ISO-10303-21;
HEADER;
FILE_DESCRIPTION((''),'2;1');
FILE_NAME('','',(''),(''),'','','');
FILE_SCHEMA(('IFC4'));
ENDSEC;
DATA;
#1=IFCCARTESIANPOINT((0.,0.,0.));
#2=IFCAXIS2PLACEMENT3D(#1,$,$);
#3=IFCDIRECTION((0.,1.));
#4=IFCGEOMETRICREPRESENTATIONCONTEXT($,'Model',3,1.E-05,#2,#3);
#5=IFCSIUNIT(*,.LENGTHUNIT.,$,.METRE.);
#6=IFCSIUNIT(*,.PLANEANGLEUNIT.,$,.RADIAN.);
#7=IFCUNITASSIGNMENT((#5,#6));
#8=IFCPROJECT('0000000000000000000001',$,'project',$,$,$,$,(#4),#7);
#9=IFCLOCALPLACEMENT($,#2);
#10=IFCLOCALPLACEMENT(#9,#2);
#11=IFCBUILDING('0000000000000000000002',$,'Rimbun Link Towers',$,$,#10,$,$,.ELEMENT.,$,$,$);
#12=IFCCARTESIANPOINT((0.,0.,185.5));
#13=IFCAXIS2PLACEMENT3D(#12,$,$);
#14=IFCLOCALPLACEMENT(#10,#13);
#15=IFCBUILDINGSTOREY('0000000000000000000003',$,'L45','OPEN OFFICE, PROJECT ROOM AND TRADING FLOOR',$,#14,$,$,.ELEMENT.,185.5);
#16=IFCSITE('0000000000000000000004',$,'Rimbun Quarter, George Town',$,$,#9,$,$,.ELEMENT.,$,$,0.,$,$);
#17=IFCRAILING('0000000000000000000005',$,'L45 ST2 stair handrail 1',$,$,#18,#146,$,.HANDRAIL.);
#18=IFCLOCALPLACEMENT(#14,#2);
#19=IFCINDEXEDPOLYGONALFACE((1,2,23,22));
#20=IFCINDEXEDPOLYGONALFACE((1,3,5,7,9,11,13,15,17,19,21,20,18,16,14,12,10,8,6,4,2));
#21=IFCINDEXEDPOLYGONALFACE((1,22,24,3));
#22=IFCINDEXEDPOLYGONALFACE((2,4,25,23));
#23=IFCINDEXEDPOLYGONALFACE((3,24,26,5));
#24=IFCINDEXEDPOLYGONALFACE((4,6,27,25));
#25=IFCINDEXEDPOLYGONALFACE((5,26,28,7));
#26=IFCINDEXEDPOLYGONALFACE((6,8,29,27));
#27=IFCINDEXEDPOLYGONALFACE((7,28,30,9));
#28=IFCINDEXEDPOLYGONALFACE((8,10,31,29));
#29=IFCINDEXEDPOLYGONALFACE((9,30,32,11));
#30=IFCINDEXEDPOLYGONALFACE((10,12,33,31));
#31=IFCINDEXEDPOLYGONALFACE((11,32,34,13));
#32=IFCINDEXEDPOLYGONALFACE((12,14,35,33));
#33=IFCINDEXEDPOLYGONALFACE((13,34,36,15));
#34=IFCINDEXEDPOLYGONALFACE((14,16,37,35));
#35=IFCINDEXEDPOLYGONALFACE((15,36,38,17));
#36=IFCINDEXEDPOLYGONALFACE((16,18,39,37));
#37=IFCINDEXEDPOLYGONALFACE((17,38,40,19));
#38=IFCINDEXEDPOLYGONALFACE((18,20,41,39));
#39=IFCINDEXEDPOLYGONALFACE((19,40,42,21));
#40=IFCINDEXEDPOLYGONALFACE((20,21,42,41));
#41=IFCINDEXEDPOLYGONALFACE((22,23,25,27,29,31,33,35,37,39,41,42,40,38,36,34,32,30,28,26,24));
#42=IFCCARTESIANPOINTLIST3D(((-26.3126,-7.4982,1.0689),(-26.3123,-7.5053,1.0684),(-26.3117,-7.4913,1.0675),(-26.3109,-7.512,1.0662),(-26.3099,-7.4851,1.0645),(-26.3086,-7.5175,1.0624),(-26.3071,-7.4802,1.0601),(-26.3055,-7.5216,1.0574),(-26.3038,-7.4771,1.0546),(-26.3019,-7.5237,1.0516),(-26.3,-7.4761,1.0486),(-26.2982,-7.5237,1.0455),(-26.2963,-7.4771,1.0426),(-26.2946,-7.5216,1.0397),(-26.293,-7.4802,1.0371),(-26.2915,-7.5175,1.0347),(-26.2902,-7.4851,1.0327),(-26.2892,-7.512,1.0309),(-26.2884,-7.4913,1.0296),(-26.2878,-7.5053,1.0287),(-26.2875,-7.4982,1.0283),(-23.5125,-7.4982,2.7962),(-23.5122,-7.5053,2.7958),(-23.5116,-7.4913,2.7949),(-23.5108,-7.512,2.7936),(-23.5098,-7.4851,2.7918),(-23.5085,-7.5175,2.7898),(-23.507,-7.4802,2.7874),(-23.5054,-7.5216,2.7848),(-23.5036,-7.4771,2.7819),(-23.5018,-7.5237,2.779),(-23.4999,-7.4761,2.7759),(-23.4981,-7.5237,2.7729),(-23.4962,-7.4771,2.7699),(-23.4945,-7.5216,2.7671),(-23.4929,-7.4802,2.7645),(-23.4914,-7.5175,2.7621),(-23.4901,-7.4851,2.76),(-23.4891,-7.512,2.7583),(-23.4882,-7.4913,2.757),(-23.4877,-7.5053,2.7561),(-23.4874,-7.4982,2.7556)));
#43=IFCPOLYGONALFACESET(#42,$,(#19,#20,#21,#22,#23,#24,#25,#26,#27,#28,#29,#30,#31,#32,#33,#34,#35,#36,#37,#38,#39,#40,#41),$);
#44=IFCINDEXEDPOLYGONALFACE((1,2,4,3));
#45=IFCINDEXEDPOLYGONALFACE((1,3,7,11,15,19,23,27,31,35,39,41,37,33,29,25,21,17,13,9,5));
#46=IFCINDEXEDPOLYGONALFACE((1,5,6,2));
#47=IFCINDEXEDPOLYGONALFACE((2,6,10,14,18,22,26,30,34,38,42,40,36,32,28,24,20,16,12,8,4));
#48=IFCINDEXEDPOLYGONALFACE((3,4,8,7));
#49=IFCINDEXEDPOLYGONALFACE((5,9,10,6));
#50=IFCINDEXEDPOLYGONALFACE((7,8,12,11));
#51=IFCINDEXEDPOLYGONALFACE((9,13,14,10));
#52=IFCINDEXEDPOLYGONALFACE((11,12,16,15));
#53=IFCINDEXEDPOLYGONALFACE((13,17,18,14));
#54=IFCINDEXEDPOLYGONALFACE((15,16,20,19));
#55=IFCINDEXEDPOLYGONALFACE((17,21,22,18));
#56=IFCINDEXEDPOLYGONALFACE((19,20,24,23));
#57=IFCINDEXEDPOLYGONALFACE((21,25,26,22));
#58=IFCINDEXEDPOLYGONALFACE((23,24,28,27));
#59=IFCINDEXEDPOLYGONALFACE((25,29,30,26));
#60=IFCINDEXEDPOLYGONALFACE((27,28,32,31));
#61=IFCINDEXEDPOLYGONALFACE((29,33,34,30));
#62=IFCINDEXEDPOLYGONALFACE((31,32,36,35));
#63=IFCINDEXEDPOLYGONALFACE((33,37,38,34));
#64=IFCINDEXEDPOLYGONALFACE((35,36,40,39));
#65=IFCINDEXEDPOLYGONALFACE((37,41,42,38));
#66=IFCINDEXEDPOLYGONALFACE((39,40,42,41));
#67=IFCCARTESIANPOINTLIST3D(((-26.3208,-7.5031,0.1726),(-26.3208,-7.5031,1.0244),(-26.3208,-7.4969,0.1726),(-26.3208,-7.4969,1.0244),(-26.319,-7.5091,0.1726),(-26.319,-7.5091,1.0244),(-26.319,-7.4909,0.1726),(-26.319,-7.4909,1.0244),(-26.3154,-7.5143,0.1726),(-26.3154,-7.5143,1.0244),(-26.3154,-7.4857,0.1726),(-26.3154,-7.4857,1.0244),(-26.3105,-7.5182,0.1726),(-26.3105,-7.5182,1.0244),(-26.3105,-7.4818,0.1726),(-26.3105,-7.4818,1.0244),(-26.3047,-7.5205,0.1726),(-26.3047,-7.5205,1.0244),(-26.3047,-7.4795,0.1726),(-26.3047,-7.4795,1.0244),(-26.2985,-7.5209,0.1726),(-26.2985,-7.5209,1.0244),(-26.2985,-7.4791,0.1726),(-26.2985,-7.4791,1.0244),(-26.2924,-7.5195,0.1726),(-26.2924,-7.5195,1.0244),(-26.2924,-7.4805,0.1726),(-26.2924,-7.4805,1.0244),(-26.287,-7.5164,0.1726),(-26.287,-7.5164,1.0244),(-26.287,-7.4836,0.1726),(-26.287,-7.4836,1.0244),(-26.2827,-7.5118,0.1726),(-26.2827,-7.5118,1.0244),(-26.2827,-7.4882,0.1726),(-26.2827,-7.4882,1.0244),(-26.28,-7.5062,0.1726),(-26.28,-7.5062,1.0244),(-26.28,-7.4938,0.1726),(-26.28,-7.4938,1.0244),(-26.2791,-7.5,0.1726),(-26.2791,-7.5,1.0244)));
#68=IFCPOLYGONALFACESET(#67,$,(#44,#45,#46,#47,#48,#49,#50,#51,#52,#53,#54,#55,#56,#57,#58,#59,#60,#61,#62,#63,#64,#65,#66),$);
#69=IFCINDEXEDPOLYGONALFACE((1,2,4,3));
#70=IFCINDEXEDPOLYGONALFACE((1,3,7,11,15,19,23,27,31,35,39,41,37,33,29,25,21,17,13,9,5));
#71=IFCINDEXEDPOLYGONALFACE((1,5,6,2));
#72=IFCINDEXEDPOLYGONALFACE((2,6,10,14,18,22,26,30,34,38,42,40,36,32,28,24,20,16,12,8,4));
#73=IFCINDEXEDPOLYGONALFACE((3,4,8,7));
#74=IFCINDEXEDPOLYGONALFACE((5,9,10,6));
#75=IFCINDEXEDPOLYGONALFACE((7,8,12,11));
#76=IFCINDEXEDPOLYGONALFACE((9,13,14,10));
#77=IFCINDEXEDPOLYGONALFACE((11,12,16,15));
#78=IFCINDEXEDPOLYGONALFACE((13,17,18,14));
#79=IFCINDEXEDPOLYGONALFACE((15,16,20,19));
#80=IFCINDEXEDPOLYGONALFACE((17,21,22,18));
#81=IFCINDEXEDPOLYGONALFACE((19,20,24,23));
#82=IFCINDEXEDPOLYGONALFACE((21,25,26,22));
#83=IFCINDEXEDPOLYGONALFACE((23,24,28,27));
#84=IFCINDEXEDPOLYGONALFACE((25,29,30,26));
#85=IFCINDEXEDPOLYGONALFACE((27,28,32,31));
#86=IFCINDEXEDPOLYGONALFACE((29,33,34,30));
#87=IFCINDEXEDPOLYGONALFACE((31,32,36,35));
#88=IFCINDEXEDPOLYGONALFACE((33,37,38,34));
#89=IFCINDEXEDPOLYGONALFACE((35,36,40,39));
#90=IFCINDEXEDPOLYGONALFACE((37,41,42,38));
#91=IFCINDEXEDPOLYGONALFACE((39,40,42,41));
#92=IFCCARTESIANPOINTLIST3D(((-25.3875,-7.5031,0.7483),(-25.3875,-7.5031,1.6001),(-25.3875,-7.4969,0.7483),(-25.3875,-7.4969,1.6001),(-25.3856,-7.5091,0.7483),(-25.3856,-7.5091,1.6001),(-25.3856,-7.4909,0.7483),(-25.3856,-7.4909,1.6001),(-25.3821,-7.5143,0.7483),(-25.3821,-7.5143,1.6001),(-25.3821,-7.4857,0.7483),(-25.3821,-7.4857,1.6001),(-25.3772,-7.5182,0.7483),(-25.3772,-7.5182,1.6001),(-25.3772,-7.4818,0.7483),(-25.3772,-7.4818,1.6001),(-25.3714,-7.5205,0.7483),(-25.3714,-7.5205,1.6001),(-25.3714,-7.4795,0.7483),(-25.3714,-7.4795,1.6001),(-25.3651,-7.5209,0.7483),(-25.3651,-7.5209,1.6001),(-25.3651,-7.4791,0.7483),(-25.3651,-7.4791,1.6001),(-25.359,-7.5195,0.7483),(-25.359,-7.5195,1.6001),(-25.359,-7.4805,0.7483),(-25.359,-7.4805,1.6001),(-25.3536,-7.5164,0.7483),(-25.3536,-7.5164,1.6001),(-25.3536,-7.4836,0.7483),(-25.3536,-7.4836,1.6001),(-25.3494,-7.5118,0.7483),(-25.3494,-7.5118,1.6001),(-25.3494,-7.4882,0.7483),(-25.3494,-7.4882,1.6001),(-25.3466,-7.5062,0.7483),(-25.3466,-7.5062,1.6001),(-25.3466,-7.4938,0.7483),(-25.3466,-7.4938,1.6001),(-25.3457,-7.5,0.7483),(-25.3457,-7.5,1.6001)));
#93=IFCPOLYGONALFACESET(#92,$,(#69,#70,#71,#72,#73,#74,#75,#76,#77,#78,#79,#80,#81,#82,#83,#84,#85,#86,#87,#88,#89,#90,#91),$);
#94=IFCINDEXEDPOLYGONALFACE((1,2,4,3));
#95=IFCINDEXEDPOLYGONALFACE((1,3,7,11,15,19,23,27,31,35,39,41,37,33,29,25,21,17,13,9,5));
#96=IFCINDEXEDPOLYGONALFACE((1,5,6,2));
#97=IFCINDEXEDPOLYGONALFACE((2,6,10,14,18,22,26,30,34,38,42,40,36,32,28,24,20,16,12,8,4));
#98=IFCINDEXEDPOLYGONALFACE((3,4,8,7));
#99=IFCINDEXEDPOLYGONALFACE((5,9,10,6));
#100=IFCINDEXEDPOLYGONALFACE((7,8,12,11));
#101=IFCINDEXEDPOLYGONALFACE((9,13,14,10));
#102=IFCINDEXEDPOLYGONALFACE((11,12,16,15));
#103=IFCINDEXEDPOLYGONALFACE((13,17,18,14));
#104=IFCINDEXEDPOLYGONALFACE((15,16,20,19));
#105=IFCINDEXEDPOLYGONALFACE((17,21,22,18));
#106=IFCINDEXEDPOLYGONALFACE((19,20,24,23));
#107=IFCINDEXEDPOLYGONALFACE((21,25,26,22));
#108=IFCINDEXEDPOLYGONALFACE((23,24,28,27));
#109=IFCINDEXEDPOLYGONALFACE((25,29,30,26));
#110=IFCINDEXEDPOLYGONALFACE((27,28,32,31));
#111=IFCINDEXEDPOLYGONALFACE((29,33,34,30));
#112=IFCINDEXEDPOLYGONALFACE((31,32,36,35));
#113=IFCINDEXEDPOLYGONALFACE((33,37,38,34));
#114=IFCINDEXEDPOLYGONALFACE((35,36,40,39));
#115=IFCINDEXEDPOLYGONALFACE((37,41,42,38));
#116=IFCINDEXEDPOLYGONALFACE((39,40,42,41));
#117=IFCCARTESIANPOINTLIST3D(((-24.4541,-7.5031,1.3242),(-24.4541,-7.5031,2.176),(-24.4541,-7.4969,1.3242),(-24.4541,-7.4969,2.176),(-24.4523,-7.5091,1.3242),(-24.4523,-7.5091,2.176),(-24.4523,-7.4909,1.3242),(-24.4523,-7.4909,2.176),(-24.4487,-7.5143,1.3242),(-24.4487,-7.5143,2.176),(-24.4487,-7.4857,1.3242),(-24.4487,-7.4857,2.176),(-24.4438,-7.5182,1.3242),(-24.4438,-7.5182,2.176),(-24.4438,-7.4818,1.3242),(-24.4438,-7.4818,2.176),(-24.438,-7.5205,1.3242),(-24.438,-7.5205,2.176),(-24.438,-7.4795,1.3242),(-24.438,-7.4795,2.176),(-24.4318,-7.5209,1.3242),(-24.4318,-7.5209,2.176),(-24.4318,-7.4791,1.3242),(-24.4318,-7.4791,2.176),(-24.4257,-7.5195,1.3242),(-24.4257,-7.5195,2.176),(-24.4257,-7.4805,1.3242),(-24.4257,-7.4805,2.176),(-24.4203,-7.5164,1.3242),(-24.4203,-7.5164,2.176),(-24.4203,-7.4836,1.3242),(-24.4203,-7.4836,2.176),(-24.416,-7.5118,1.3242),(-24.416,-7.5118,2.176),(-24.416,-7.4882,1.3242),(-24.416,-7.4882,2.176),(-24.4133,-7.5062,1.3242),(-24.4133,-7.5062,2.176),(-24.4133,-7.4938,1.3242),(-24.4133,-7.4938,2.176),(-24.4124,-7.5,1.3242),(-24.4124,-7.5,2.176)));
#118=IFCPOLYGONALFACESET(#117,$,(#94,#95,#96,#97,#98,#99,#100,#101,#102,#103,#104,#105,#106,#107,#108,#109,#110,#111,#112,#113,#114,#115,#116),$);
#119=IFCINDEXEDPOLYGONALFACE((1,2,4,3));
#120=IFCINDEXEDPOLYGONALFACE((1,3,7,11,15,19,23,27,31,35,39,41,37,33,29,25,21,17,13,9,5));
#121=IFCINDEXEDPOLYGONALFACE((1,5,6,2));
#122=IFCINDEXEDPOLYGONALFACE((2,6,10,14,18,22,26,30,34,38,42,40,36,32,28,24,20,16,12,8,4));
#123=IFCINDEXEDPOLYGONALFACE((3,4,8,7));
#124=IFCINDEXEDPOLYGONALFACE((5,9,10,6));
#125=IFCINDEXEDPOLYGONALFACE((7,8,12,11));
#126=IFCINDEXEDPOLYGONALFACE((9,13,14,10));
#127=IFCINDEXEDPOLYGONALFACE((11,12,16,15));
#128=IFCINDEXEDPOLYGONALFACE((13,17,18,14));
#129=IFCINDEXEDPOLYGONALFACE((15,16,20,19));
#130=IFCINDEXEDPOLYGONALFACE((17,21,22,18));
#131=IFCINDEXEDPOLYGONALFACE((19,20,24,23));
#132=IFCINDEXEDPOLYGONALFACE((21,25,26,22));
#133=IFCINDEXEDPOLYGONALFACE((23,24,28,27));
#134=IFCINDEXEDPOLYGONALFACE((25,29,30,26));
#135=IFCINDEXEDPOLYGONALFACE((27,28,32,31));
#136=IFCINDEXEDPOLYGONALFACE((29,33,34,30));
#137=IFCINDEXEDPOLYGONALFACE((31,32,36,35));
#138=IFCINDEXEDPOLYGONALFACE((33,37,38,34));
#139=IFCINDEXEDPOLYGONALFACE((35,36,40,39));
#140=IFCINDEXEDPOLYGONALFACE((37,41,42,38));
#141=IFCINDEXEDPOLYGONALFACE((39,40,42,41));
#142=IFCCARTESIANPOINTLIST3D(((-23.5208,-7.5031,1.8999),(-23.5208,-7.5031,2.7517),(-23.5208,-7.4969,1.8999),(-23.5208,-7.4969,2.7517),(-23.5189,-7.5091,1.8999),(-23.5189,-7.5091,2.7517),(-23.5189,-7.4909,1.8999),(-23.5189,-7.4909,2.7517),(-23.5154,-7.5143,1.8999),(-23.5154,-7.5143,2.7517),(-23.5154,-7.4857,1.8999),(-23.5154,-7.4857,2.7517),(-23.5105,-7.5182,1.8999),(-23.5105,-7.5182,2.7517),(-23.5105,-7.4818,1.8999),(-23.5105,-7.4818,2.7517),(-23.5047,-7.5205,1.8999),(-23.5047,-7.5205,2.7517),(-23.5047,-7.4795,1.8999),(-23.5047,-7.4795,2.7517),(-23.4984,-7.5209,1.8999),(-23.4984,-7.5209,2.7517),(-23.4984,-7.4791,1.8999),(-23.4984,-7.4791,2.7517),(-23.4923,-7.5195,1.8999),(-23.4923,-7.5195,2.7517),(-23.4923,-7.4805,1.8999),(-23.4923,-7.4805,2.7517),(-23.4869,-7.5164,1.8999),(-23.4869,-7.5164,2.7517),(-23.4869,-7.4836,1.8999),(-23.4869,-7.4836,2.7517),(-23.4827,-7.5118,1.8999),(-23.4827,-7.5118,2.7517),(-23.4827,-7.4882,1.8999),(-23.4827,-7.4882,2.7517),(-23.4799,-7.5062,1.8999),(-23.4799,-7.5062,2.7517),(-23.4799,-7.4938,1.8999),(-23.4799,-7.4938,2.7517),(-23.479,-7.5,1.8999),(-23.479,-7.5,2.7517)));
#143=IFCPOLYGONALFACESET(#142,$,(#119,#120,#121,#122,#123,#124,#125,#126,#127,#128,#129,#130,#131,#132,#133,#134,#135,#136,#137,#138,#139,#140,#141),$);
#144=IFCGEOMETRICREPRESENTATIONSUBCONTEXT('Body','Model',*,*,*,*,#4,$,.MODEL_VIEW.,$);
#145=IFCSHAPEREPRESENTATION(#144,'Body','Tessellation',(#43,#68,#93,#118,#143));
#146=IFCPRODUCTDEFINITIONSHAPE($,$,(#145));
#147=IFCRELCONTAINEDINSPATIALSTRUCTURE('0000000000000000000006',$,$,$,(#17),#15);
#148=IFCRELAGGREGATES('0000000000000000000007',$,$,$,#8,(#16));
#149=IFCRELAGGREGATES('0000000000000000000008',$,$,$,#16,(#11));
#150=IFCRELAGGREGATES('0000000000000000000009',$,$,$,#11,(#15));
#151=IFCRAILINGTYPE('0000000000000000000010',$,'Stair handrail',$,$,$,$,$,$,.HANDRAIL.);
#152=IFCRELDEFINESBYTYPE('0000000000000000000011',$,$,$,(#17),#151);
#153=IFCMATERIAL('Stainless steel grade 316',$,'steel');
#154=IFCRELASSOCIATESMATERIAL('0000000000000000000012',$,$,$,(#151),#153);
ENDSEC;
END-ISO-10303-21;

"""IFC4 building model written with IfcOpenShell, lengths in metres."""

from ifc_helpers import new_model, si_unit, direction, frame, origin, origin_2d, place, context, subcontext, project, spatial, circle, extrude, material, type_object, element, save


model = new_model("IFC4")

# Units and contexts
model_context = context("Model", 3, precision=1e-05, world=origin(), true_north=direction((0.0, 1.0)))
body_context = subcontext(model_context, "Body", "Model", "MODEL_VIEW")
ifc_project = project(units=[si_unit("LENGTHUNIT", "METRE"), si_unit("PLANEANGLEUNIT", "RADIAN")], contexts=[model_context])

# Site, building, storey
site_placement = place(None, origin())
site = spatial("IfcSite", under=ifc_project, at=site_placement, Name="Rimbun Quarter, George Town", CompositionType="ELEMENT", RefElevation=0.0)
building_placement = place(site_placement, origin())
building = spatial("IfcBuilding", under=site, at=building_placement, Name="Rimbun Link Towers", CompositionType="ELEMENT")
storey_placement = place(building_placement, frame((0.0, 0.0, 185.5)))
storey = spatial("IfcBuildingStorey", under=building, at=storey_placement, Name="L45", Description="OPEN OFFICE, PROJECT ROOM AND TRADING FLOOR", CompositionType="ELEMENT", Elevation=185.5)

# Railing
ifc_material_1 = material(Name="Stainless steel grade 316", Category="steel")
railing_type_1 = type_object("IfcRailingType", Name="Stair handrail", PredefinedType="HANDRAIL", material=ifc_material_1)
railing_1_placement = place(storey_placement, frame((-26.3, -7.5, 0.1726)))
element("IfcRailing", 1, at=railing_1_placement, inside=storey, type_object=railing_type_1, Name="L45 ST2 stair handrail 1", PredefinedType="HANDRAIL", context=body_context, shape_type="SweptSolid", body=[
    extrude(circle(Radius=0.0239, at=origin_2d()), frame((0.0, 0.0, 0.876), z_axis=(0.85109, 0.0, 0.52502), x_axis=(0.0, 1.0, 0.0)), (0.0, 0.0, 1.0), 3.29),
    extrude(circle(Radius=0.021, at=origin_2d()), origin(), (0.0, 0.0, 1.0), 0.8518),
    extrude(circle(Radius=0.021, at=origin_2d()), frame((0.9333, 0.0, 0.5757)), (0.0, 0.0, 1.0), 0.8518),
    extrude(circle(Radius=0.021, at=origin_2d()), frame((1.8667, 0.0, 1.1516)), (0.0, 0.0, 1.0), 0.8518),
    extrude(circle(Radius=0.021, at=origin_2d()), frame((2.8, 0.0, 1.7273)), (0.0, 0.0, 1.0), 0.8518),
])

save(model, "model.ifc")
